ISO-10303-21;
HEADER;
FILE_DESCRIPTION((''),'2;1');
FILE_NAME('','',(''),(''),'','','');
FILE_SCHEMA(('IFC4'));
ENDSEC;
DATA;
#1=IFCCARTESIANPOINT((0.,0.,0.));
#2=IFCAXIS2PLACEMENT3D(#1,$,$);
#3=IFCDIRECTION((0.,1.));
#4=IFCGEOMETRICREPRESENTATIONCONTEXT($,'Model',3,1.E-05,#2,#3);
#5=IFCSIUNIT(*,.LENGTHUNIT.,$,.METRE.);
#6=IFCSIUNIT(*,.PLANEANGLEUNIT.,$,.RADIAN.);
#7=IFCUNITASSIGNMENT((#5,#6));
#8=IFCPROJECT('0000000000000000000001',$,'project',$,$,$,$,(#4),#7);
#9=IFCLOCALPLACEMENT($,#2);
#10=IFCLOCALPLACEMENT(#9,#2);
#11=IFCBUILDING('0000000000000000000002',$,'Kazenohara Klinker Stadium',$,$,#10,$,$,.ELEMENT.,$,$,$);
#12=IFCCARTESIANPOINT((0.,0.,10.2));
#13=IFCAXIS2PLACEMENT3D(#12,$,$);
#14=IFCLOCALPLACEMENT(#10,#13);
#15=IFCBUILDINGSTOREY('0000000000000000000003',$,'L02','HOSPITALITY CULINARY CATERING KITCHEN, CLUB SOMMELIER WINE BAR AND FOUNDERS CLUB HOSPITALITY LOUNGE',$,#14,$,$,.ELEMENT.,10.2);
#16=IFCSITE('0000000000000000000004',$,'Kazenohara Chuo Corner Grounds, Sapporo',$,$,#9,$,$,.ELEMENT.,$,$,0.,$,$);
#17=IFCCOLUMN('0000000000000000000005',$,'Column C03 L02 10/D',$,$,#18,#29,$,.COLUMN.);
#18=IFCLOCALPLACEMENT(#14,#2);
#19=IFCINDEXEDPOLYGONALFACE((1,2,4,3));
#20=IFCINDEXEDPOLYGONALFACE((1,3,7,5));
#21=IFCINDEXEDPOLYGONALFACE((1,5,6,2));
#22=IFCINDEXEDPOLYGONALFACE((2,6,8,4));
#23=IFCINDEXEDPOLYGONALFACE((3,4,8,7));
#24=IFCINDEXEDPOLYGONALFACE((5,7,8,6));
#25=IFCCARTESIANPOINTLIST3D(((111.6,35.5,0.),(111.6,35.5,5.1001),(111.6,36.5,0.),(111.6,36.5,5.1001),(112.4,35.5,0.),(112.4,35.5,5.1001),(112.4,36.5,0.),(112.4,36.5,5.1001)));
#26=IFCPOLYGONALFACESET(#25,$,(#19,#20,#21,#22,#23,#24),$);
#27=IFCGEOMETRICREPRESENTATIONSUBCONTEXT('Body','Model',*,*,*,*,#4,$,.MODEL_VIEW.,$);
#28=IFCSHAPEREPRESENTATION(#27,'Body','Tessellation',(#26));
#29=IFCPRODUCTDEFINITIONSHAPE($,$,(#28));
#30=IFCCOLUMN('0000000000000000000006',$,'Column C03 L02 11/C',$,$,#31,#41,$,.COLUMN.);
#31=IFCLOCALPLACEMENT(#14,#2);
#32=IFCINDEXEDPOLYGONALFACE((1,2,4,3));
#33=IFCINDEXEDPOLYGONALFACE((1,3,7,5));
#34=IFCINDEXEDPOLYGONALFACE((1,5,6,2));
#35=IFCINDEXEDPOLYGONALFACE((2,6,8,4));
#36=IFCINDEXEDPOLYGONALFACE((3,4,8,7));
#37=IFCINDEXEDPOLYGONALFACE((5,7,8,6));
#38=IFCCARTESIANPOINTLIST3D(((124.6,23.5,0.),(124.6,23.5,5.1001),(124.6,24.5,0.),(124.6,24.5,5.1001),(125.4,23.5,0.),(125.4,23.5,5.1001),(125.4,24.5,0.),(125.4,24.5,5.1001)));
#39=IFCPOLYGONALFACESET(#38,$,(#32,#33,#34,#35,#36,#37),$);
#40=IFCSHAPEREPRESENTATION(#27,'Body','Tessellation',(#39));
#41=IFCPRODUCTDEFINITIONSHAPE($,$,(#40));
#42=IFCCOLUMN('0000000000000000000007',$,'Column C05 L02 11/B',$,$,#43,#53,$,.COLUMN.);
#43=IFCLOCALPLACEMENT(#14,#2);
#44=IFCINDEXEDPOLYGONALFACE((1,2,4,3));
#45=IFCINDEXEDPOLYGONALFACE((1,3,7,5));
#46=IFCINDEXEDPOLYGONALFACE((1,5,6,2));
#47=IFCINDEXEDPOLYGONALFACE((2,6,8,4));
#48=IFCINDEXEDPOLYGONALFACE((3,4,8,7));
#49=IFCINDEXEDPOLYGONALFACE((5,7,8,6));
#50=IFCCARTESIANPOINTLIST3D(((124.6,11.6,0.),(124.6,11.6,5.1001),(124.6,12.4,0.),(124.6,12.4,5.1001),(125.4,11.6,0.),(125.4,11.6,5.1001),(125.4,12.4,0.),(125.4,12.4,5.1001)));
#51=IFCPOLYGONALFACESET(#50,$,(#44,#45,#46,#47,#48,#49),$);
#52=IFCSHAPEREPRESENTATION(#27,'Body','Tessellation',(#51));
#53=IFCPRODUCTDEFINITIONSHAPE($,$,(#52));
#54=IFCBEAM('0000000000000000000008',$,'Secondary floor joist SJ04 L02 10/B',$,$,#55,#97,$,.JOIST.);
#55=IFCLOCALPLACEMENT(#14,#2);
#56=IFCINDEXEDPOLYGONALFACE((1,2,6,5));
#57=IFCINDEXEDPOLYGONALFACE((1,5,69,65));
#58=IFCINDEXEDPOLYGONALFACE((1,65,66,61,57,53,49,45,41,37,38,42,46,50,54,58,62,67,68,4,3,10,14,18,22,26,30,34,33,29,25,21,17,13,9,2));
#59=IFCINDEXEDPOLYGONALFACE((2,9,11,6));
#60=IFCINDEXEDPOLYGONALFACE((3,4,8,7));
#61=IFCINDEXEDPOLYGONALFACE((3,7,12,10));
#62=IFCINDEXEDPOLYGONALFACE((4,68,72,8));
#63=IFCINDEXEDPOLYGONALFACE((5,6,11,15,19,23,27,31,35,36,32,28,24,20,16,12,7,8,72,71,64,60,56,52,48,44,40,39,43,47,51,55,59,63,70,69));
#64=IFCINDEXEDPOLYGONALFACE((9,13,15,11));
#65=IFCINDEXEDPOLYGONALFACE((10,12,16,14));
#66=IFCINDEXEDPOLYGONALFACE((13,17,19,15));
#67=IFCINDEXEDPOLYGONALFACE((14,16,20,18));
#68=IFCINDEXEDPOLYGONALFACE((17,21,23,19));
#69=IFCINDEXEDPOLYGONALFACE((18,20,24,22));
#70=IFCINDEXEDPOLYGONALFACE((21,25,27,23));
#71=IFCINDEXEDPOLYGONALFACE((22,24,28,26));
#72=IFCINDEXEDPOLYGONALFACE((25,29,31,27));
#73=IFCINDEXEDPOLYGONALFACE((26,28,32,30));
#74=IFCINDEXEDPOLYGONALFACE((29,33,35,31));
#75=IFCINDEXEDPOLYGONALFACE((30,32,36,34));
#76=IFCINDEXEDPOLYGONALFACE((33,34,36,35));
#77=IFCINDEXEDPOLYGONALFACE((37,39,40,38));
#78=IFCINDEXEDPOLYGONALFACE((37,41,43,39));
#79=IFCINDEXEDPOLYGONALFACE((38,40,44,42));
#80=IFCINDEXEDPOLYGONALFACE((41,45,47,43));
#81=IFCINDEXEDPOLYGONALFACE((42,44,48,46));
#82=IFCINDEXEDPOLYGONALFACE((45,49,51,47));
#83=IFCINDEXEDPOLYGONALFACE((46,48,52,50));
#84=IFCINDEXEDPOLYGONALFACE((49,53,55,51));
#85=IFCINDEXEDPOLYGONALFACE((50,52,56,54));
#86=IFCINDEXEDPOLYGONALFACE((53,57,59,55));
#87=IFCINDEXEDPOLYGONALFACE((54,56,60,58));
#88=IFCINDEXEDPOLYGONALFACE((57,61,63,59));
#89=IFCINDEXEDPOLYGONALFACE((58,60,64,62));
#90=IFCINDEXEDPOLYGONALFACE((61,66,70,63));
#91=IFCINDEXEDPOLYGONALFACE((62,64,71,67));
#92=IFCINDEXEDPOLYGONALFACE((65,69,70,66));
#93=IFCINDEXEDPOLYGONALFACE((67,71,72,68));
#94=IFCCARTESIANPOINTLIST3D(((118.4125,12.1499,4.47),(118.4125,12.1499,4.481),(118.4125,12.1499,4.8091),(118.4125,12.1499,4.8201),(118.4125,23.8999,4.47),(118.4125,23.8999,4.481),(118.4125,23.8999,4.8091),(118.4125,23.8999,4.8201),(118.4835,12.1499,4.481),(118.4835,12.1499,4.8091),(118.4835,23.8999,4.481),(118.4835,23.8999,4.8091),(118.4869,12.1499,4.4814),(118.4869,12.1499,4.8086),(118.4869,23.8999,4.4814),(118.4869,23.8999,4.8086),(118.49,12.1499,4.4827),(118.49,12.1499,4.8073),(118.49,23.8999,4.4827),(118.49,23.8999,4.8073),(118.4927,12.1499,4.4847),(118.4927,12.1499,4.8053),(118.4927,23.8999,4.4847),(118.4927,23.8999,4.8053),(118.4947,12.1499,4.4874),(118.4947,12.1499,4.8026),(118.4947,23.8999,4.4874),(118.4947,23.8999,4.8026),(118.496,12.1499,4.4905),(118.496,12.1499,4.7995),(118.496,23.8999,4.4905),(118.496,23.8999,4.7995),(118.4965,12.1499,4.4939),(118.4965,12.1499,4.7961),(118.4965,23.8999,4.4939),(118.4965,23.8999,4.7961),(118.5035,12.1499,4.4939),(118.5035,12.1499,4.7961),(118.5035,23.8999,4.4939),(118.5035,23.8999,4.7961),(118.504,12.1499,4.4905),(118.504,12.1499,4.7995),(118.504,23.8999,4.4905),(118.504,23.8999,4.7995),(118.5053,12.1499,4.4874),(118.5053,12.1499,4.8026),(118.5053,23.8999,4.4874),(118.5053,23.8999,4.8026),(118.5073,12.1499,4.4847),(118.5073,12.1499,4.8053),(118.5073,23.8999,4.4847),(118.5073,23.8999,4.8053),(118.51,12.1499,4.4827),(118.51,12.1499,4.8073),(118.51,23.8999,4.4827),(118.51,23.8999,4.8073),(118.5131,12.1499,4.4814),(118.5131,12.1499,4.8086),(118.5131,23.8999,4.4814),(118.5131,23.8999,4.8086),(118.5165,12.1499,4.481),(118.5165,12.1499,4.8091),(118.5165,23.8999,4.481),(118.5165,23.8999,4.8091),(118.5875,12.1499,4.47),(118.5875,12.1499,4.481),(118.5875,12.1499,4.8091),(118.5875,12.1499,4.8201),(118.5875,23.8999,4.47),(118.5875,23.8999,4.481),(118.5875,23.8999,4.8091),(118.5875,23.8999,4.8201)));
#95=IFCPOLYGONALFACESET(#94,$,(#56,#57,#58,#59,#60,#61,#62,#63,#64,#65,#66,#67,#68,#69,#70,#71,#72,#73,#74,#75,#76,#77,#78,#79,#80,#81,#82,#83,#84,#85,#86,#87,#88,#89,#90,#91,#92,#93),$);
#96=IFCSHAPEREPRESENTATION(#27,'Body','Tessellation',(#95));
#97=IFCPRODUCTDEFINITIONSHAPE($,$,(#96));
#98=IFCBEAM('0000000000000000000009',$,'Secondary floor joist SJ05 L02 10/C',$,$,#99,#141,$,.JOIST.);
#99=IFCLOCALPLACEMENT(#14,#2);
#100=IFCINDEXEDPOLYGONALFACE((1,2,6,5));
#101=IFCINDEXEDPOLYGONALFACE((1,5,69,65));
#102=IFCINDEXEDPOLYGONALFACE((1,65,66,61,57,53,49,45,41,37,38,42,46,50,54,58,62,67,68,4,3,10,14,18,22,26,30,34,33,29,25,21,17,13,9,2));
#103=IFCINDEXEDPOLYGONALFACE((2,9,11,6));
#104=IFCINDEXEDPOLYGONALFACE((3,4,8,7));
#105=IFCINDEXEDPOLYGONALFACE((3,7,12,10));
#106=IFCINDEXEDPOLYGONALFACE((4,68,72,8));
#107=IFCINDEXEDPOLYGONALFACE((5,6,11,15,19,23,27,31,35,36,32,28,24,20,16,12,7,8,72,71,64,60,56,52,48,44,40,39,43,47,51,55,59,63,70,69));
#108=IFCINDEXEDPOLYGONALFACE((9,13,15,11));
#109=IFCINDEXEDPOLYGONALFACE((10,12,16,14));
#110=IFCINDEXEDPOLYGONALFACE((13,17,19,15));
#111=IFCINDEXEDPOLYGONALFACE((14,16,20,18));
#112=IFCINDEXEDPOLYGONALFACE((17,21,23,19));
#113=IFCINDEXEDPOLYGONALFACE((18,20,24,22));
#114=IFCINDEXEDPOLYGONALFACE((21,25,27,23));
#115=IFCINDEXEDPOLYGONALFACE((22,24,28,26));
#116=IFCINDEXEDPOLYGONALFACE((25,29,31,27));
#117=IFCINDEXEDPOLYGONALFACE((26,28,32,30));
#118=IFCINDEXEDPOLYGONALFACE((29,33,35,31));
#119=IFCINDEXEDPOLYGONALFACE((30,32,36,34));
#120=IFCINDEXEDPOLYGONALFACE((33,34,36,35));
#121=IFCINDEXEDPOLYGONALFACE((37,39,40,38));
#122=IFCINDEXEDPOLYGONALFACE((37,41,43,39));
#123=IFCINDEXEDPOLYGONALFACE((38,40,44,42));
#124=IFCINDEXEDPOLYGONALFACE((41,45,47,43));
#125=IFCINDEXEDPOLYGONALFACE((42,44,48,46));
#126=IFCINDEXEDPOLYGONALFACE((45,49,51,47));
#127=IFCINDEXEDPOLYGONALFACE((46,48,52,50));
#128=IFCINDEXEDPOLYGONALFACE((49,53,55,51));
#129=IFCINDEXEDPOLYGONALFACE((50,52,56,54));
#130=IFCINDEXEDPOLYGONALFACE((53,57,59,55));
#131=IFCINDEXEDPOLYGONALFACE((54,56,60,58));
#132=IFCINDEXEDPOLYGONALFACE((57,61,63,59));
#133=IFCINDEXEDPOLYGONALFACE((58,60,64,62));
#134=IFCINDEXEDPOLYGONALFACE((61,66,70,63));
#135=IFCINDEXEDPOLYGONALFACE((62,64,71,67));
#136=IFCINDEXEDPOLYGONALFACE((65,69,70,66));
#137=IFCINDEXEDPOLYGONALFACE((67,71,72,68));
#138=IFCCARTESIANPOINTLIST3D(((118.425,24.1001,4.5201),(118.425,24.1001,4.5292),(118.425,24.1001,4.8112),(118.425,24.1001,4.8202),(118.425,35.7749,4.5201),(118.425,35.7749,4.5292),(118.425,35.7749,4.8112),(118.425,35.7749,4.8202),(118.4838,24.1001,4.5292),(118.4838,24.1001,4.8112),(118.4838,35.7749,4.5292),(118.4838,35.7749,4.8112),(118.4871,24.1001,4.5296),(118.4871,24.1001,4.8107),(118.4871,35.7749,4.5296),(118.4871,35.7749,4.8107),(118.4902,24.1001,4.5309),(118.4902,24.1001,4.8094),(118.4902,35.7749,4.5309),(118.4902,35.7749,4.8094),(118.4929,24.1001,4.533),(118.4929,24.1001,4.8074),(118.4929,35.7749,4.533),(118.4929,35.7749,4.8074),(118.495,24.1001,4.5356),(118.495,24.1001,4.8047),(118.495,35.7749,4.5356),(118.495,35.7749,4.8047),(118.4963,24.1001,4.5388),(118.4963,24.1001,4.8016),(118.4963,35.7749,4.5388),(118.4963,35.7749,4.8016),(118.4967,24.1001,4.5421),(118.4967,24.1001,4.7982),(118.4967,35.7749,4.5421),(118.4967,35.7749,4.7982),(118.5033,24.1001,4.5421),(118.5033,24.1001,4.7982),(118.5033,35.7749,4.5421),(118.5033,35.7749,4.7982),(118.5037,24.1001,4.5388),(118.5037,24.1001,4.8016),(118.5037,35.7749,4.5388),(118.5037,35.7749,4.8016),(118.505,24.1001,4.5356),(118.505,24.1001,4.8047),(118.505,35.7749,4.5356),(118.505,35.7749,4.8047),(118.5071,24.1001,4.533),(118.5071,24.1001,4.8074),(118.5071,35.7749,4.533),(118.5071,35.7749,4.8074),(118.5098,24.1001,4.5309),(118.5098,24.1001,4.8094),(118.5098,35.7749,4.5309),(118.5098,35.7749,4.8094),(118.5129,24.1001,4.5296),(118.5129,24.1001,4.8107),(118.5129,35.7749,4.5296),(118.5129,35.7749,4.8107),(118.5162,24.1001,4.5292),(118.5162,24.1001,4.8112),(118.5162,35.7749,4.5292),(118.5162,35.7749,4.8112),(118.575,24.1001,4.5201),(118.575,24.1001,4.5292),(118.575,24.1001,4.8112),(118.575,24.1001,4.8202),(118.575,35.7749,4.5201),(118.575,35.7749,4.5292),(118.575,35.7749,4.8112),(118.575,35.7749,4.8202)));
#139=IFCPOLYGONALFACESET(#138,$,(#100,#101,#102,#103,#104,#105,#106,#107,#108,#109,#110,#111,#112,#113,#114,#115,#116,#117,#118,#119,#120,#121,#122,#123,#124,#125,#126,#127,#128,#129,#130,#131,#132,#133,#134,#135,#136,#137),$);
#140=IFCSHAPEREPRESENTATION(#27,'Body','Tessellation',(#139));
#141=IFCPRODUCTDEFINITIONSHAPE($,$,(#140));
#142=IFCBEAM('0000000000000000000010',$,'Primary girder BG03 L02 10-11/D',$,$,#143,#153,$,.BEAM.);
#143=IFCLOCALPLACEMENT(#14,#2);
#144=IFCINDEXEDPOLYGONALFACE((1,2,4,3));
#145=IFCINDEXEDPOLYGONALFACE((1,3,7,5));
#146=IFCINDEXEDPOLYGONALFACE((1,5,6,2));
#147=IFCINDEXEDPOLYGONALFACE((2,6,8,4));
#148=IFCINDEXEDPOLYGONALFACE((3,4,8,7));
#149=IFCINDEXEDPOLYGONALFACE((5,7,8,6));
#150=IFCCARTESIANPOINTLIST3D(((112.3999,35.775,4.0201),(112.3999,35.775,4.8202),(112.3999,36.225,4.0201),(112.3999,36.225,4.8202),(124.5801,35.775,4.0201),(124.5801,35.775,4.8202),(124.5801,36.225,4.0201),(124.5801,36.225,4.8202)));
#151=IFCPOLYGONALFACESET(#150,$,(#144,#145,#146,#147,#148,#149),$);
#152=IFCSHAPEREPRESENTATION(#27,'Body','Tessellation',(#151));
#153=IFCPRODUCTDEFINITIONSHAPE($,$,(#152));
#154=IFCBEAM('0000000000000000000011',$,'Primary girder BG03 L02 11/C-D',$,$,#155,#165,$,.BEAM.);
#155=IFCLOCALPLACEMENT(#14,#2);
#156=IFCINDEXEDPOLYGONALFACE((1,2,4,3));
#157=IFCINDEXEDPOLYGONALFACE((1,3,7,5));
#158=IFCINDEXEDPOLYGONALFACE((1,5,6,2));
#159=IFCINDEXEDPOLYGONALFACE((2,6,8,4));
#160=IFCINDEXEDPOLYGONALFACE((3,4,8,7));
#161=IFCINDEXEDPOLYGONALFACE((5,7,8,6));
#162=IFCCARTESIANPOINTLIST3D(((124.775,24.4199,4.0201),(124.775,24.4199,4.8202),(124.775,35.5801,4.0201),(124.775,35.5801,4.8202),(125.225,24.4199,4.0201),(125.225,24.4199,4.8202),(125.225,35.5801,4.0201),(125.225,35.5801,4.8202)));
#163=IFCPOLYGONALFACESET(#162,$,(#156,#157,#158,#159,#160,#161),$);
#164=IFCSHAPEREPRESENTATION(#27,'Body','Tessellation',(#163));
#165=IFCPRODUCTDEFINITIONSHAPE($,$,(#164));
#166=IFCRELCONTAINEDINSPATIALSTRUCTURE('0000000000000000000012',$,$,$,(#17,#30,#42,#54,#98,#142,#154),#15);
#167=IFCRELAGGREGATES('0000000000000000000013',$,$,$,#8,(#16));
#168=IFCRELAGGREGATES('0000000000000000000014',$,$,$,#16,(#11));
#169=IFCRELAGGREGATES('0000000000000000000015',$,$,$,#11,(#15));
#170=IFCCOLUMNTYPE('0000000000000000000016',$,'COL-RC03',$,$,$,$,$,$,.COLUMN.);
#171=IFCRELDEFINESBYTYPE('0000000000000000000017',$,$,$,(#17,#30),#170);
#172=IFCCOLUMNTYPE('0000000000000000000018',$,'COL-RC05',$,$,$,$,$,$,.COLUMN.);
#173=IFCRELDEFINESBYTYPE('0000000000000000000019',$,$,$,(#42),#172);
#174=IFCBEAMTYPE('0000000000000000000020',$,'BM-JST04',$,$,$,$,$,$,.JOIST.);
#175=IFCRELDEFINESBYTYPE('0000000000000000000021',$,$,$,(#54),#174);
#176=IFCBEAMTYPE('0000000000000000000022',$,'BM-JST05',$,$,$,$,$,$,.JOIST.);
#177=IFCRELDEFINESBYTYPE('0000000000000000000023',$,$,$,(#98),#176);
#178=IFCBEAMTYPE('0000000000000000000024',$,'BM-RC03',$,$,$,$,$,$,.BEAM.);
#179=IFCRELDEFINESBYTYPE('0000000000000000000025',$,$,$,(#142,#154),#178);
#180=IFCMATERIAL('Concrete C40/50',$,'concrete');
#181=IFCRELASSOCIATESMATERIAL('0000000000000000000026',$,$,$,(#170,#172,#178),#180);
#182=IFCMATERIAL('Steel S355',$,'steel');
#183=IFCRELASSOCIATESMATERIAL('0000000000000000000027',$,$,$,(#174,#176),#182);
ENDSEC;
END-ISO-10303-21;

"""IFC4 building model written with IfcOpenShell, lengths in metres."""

from ifc_helpers import new_model, si_unit, direction, frame, origin, origin_2d, place, context, subcontext, project, spatial, rectangle, i_section, extrude, material, material_profile, profile_set, type_object, element, save


model = new_model("IFC4")

# Units and contexts
model_context = context("Model", 3, precision=1e-05, world=origin(), true_north=direction((0.0, 1.0)))
body_context = subcontext(model_context, "Body", "Model", "MODEL_VIEW")
ifc_project = project(units=[si_unit("LENGTHUNIT", "METRE"), si_unit("PLANEANGLEUNIT", "RADIAN")], contexts=[model_context])

# Site, building, storey
site_placement = place(None, origin())
site = spatial("IfcSite", under=ifc_project, at=site_placement, Name="Kazenohara Chuo Corner Grounds, Sapporo", CompositionType="ELEMENT", RefElevation=0.0)
building_placement = place(site_placement, origin())
building = spatial("IfcBuilding", under=site, at=building_placement, Name="Kazenohara Klinker Stadium", CompositionType="ELEMENT")
storey_placement = place(building_placement, frame((0.0, 0.0, 10.2)))
storey = spatial("IfcBuildingStorey", under=building, at=storey_placement, Name="L02", Description="HOSPITALITY CULINARY CATERING KITCHEN, CLUB SOMMELIER WINE BAR AND FOUNDERS CLUB HOSPITALITY LOUNGE", CompositionType="ELEMENT", Elevation=10.2)

# Columns
ifc_material_1 = material(Name="Concrete C40/50", Category="concrete")
ifc_material_profile_1 = material_profile(ifc_material_1, rectangle(XDim=0.8, YDim=1.0, at=origin_2d()), Name="RC-COL-1000x800")
ifc_profile_set_1 = profile_set([ifc_material_profile_1], Name="Concrete C40/50")
column_type_1 = type_object("IfcColumnType", Name="COL-RC03", PredefinedType="COLUMN", material=ifc_profile_set_1)
for number, where, z_axis, x_axis, name in (
    (1, (112.0, 36.0, 0.0), (0.0, 0.0, 1.0), (1.0, 0.0, 0.0), "Column C03 L02 10/D"),
    (2, (125.0, 24.0, 0.0), (0.0, 0.0, 1.0), (1.0, 0.0, 0.0), "Column C03 L02 11/C"),
):
    element("IfcColumn", number, at=place(storey_placement, frame(where, z_axis=z_axis, x_axis=x_axis)), inside=storey, type_object=column_type_1, Name=name, PredefinedType="COLUMN", context=body_context, shape_type="SweptSolid", body=[
        extrude(rectangle(XDim=0.8, YDim=1.0, at=origin_2d()), origin(), (0.0, 0.0, 1.0), 5.1001),
    ])
ifc_material_profile_2 = material_profile(ifc_material_1, rectangle(XDim=0.8, YDim=0.8, at=origin_2d()), Name="RC-COL-800x800")
ifc_profile_set_2 = profile_set([ifc_material_profile_2], Name="Concrete C40/50")
column_type_2 = type_object("IfcColumnType", Name="COL-RC05", PredefinedType="COLUMN", material=ifc_profile_set_2)
column_placement = place(storey_placement, frame((125.0, 12.0, 0.0), z_axis=(0.0, 0.0, 1.0), x_axis=(1.0, 0.0, 0.0)))
element("IfcColumn", 3, at=column_placement, inside=storey, type_object=column_type_2, Name="Column C05 L02 11/B", PredefinedType="COLUMN", context=body_context, shape_type="SweptSolid", body=[
    extrude(rectangle(XDim=0.8, YDim=0.8, at=origin_2d()), origin(), (0.0, 0.0, 1.0), 5.1001),
])

# Beams
ifc_material_2 = material(Name="Steel S355", Category="steel")
ifc_material_profile_3 = material_profile(ifc_material_2, i_section(OverallWidth=0.175, OverallDepth=0.3501, WebThickness=0.0071, FlangeThickness=0.011, FilletRadius=0.0129, at=origin_2d()), Name="H-350x175x7x11")
ifc_profile_set_3 = profile_set([ifc_material_profile_3], Name="Steel S355")
beam_type_1 = type_object("IfcBeamType", Name="BM-JST04", PredefinedType="JOIST", material=ifc_profile_set_3)
beam_1_placement = place(storey_placement, frame((118.5, 12.1499, 4.645), z_axis=(0.0, 1.0, 0.0), x_axis=(-1.0, 0.0, 0.0)))
element("IfcBeam", 4, at=beam_1_placement, inside=storey, type_object=beam_type_1, Name="Secondary floor joist SJ04 L02 10/B", PredefinedType="JOIST", context=body_context, shape_type="SweptSolid", body=[
    extrude(i_section(OverallWidth=0.175, OverallDepth=0.3501, WebThickness=0.0071, FlangeThickness=0.011, FilletRadius=0.0129, at=origin_2d()), origin(), (0.0, 0.0, 1.0), 11.75),
])
ifc_material_profile_4 = material_profile(ifc_material_2, i_section(OverallWidth=0.1499, OverallDepth=0.3, WebThickness=0.0066, FlangeThickness=0.009, FilletRadius=0.0129, at=origin_2d()), Name="H-300x150x6.5x9")
ifc_profile_set_4 = profile_set([ifc_material_profile_4], Name="Steel S355")
beam_type_2 = type_object("IfcBeamType", Name="BM-JST05", PredefinedType="JOIST", material=ifc_profile_set_4)
beam_2_placement = place(storey_placement, frame((118.5, 24.1001, 4.6702), z_axis=(0.0, 1.0, 0.0), x_axis=(-1.0, 0.0, 0.0)))
element("IfcBeam", 5, at=beam_2_placement, inside=storey, type_object=beam_type_2, Name="Secondary floor joist SJ05 L02 10/C", PredefinedType="JOIST", context=body_context, shape_type="SweptSolid", body=[
    extrude(i_section(OverallWidth=0.1499, OverallDepth=0.3, WebThickness=0.0066, FlangeThickness=0.009, FilletRadius=0.0129, at=origin_2d()), origin(), (0.0, 0.0, 1.0), 11.6748),
])
ifc_material_profile_5 = material_profile(ifc_material_1, rectangle(XDim=0.45, YDim=0.8, at=origin_2d()), Name="RC-BM-450x800")
ifc_profile_set_5 = profile_set([ifc_material_profile_5], Name="Concrete C40/50")
beam_type_3 = type_object("IfcBeamType", Name="BM-RC03", PredefinedType="BEAM", material=ifc_profile_set_5)
beam_3_placement = place(storey_placement, frame((112.3999, 36.0, 4.4202), z_axis=(1.0, 0.0, 0.0), x_axis=(0.0, 1.0, 0.0)))
element("IfcBeam", 6, at=beam_3_placement, inside=storey, type_object=beam_type_3, Name="Primary girder BG03 L02 10-11/D", PredefinedType="BEAM", context=body_context, shape_type="SweptSolid", body=[
    extrude(rectangle(XDim=0.45, YDim=0.8, at=origin_2d()), origin(), (0.0, 0.0, 1.0), 12.1802),
])
beam_4_placement = place(storey_placement, frame((125.0, 24.4199, 4.4202), z_axis=(0.0, 1.0, 0.0), x_axis=(-1.0, 0.0, 0.0)))
element("IfcBeam", 7, at=beam_4_placement, inside=storey, type_object=beam_type_3, Name="Primary girder BG03 L02 11/C-D", PredefinedType="BEAM", context=body_context, shape_type="SweptSolid", body=[
    extrude(rectangle(XDim=0.45, YDim=0.8, at=origin_2d()), origin(), (0.0, 0.0, 1.0), 11.1602),
])

save(model, "model.ifc")
